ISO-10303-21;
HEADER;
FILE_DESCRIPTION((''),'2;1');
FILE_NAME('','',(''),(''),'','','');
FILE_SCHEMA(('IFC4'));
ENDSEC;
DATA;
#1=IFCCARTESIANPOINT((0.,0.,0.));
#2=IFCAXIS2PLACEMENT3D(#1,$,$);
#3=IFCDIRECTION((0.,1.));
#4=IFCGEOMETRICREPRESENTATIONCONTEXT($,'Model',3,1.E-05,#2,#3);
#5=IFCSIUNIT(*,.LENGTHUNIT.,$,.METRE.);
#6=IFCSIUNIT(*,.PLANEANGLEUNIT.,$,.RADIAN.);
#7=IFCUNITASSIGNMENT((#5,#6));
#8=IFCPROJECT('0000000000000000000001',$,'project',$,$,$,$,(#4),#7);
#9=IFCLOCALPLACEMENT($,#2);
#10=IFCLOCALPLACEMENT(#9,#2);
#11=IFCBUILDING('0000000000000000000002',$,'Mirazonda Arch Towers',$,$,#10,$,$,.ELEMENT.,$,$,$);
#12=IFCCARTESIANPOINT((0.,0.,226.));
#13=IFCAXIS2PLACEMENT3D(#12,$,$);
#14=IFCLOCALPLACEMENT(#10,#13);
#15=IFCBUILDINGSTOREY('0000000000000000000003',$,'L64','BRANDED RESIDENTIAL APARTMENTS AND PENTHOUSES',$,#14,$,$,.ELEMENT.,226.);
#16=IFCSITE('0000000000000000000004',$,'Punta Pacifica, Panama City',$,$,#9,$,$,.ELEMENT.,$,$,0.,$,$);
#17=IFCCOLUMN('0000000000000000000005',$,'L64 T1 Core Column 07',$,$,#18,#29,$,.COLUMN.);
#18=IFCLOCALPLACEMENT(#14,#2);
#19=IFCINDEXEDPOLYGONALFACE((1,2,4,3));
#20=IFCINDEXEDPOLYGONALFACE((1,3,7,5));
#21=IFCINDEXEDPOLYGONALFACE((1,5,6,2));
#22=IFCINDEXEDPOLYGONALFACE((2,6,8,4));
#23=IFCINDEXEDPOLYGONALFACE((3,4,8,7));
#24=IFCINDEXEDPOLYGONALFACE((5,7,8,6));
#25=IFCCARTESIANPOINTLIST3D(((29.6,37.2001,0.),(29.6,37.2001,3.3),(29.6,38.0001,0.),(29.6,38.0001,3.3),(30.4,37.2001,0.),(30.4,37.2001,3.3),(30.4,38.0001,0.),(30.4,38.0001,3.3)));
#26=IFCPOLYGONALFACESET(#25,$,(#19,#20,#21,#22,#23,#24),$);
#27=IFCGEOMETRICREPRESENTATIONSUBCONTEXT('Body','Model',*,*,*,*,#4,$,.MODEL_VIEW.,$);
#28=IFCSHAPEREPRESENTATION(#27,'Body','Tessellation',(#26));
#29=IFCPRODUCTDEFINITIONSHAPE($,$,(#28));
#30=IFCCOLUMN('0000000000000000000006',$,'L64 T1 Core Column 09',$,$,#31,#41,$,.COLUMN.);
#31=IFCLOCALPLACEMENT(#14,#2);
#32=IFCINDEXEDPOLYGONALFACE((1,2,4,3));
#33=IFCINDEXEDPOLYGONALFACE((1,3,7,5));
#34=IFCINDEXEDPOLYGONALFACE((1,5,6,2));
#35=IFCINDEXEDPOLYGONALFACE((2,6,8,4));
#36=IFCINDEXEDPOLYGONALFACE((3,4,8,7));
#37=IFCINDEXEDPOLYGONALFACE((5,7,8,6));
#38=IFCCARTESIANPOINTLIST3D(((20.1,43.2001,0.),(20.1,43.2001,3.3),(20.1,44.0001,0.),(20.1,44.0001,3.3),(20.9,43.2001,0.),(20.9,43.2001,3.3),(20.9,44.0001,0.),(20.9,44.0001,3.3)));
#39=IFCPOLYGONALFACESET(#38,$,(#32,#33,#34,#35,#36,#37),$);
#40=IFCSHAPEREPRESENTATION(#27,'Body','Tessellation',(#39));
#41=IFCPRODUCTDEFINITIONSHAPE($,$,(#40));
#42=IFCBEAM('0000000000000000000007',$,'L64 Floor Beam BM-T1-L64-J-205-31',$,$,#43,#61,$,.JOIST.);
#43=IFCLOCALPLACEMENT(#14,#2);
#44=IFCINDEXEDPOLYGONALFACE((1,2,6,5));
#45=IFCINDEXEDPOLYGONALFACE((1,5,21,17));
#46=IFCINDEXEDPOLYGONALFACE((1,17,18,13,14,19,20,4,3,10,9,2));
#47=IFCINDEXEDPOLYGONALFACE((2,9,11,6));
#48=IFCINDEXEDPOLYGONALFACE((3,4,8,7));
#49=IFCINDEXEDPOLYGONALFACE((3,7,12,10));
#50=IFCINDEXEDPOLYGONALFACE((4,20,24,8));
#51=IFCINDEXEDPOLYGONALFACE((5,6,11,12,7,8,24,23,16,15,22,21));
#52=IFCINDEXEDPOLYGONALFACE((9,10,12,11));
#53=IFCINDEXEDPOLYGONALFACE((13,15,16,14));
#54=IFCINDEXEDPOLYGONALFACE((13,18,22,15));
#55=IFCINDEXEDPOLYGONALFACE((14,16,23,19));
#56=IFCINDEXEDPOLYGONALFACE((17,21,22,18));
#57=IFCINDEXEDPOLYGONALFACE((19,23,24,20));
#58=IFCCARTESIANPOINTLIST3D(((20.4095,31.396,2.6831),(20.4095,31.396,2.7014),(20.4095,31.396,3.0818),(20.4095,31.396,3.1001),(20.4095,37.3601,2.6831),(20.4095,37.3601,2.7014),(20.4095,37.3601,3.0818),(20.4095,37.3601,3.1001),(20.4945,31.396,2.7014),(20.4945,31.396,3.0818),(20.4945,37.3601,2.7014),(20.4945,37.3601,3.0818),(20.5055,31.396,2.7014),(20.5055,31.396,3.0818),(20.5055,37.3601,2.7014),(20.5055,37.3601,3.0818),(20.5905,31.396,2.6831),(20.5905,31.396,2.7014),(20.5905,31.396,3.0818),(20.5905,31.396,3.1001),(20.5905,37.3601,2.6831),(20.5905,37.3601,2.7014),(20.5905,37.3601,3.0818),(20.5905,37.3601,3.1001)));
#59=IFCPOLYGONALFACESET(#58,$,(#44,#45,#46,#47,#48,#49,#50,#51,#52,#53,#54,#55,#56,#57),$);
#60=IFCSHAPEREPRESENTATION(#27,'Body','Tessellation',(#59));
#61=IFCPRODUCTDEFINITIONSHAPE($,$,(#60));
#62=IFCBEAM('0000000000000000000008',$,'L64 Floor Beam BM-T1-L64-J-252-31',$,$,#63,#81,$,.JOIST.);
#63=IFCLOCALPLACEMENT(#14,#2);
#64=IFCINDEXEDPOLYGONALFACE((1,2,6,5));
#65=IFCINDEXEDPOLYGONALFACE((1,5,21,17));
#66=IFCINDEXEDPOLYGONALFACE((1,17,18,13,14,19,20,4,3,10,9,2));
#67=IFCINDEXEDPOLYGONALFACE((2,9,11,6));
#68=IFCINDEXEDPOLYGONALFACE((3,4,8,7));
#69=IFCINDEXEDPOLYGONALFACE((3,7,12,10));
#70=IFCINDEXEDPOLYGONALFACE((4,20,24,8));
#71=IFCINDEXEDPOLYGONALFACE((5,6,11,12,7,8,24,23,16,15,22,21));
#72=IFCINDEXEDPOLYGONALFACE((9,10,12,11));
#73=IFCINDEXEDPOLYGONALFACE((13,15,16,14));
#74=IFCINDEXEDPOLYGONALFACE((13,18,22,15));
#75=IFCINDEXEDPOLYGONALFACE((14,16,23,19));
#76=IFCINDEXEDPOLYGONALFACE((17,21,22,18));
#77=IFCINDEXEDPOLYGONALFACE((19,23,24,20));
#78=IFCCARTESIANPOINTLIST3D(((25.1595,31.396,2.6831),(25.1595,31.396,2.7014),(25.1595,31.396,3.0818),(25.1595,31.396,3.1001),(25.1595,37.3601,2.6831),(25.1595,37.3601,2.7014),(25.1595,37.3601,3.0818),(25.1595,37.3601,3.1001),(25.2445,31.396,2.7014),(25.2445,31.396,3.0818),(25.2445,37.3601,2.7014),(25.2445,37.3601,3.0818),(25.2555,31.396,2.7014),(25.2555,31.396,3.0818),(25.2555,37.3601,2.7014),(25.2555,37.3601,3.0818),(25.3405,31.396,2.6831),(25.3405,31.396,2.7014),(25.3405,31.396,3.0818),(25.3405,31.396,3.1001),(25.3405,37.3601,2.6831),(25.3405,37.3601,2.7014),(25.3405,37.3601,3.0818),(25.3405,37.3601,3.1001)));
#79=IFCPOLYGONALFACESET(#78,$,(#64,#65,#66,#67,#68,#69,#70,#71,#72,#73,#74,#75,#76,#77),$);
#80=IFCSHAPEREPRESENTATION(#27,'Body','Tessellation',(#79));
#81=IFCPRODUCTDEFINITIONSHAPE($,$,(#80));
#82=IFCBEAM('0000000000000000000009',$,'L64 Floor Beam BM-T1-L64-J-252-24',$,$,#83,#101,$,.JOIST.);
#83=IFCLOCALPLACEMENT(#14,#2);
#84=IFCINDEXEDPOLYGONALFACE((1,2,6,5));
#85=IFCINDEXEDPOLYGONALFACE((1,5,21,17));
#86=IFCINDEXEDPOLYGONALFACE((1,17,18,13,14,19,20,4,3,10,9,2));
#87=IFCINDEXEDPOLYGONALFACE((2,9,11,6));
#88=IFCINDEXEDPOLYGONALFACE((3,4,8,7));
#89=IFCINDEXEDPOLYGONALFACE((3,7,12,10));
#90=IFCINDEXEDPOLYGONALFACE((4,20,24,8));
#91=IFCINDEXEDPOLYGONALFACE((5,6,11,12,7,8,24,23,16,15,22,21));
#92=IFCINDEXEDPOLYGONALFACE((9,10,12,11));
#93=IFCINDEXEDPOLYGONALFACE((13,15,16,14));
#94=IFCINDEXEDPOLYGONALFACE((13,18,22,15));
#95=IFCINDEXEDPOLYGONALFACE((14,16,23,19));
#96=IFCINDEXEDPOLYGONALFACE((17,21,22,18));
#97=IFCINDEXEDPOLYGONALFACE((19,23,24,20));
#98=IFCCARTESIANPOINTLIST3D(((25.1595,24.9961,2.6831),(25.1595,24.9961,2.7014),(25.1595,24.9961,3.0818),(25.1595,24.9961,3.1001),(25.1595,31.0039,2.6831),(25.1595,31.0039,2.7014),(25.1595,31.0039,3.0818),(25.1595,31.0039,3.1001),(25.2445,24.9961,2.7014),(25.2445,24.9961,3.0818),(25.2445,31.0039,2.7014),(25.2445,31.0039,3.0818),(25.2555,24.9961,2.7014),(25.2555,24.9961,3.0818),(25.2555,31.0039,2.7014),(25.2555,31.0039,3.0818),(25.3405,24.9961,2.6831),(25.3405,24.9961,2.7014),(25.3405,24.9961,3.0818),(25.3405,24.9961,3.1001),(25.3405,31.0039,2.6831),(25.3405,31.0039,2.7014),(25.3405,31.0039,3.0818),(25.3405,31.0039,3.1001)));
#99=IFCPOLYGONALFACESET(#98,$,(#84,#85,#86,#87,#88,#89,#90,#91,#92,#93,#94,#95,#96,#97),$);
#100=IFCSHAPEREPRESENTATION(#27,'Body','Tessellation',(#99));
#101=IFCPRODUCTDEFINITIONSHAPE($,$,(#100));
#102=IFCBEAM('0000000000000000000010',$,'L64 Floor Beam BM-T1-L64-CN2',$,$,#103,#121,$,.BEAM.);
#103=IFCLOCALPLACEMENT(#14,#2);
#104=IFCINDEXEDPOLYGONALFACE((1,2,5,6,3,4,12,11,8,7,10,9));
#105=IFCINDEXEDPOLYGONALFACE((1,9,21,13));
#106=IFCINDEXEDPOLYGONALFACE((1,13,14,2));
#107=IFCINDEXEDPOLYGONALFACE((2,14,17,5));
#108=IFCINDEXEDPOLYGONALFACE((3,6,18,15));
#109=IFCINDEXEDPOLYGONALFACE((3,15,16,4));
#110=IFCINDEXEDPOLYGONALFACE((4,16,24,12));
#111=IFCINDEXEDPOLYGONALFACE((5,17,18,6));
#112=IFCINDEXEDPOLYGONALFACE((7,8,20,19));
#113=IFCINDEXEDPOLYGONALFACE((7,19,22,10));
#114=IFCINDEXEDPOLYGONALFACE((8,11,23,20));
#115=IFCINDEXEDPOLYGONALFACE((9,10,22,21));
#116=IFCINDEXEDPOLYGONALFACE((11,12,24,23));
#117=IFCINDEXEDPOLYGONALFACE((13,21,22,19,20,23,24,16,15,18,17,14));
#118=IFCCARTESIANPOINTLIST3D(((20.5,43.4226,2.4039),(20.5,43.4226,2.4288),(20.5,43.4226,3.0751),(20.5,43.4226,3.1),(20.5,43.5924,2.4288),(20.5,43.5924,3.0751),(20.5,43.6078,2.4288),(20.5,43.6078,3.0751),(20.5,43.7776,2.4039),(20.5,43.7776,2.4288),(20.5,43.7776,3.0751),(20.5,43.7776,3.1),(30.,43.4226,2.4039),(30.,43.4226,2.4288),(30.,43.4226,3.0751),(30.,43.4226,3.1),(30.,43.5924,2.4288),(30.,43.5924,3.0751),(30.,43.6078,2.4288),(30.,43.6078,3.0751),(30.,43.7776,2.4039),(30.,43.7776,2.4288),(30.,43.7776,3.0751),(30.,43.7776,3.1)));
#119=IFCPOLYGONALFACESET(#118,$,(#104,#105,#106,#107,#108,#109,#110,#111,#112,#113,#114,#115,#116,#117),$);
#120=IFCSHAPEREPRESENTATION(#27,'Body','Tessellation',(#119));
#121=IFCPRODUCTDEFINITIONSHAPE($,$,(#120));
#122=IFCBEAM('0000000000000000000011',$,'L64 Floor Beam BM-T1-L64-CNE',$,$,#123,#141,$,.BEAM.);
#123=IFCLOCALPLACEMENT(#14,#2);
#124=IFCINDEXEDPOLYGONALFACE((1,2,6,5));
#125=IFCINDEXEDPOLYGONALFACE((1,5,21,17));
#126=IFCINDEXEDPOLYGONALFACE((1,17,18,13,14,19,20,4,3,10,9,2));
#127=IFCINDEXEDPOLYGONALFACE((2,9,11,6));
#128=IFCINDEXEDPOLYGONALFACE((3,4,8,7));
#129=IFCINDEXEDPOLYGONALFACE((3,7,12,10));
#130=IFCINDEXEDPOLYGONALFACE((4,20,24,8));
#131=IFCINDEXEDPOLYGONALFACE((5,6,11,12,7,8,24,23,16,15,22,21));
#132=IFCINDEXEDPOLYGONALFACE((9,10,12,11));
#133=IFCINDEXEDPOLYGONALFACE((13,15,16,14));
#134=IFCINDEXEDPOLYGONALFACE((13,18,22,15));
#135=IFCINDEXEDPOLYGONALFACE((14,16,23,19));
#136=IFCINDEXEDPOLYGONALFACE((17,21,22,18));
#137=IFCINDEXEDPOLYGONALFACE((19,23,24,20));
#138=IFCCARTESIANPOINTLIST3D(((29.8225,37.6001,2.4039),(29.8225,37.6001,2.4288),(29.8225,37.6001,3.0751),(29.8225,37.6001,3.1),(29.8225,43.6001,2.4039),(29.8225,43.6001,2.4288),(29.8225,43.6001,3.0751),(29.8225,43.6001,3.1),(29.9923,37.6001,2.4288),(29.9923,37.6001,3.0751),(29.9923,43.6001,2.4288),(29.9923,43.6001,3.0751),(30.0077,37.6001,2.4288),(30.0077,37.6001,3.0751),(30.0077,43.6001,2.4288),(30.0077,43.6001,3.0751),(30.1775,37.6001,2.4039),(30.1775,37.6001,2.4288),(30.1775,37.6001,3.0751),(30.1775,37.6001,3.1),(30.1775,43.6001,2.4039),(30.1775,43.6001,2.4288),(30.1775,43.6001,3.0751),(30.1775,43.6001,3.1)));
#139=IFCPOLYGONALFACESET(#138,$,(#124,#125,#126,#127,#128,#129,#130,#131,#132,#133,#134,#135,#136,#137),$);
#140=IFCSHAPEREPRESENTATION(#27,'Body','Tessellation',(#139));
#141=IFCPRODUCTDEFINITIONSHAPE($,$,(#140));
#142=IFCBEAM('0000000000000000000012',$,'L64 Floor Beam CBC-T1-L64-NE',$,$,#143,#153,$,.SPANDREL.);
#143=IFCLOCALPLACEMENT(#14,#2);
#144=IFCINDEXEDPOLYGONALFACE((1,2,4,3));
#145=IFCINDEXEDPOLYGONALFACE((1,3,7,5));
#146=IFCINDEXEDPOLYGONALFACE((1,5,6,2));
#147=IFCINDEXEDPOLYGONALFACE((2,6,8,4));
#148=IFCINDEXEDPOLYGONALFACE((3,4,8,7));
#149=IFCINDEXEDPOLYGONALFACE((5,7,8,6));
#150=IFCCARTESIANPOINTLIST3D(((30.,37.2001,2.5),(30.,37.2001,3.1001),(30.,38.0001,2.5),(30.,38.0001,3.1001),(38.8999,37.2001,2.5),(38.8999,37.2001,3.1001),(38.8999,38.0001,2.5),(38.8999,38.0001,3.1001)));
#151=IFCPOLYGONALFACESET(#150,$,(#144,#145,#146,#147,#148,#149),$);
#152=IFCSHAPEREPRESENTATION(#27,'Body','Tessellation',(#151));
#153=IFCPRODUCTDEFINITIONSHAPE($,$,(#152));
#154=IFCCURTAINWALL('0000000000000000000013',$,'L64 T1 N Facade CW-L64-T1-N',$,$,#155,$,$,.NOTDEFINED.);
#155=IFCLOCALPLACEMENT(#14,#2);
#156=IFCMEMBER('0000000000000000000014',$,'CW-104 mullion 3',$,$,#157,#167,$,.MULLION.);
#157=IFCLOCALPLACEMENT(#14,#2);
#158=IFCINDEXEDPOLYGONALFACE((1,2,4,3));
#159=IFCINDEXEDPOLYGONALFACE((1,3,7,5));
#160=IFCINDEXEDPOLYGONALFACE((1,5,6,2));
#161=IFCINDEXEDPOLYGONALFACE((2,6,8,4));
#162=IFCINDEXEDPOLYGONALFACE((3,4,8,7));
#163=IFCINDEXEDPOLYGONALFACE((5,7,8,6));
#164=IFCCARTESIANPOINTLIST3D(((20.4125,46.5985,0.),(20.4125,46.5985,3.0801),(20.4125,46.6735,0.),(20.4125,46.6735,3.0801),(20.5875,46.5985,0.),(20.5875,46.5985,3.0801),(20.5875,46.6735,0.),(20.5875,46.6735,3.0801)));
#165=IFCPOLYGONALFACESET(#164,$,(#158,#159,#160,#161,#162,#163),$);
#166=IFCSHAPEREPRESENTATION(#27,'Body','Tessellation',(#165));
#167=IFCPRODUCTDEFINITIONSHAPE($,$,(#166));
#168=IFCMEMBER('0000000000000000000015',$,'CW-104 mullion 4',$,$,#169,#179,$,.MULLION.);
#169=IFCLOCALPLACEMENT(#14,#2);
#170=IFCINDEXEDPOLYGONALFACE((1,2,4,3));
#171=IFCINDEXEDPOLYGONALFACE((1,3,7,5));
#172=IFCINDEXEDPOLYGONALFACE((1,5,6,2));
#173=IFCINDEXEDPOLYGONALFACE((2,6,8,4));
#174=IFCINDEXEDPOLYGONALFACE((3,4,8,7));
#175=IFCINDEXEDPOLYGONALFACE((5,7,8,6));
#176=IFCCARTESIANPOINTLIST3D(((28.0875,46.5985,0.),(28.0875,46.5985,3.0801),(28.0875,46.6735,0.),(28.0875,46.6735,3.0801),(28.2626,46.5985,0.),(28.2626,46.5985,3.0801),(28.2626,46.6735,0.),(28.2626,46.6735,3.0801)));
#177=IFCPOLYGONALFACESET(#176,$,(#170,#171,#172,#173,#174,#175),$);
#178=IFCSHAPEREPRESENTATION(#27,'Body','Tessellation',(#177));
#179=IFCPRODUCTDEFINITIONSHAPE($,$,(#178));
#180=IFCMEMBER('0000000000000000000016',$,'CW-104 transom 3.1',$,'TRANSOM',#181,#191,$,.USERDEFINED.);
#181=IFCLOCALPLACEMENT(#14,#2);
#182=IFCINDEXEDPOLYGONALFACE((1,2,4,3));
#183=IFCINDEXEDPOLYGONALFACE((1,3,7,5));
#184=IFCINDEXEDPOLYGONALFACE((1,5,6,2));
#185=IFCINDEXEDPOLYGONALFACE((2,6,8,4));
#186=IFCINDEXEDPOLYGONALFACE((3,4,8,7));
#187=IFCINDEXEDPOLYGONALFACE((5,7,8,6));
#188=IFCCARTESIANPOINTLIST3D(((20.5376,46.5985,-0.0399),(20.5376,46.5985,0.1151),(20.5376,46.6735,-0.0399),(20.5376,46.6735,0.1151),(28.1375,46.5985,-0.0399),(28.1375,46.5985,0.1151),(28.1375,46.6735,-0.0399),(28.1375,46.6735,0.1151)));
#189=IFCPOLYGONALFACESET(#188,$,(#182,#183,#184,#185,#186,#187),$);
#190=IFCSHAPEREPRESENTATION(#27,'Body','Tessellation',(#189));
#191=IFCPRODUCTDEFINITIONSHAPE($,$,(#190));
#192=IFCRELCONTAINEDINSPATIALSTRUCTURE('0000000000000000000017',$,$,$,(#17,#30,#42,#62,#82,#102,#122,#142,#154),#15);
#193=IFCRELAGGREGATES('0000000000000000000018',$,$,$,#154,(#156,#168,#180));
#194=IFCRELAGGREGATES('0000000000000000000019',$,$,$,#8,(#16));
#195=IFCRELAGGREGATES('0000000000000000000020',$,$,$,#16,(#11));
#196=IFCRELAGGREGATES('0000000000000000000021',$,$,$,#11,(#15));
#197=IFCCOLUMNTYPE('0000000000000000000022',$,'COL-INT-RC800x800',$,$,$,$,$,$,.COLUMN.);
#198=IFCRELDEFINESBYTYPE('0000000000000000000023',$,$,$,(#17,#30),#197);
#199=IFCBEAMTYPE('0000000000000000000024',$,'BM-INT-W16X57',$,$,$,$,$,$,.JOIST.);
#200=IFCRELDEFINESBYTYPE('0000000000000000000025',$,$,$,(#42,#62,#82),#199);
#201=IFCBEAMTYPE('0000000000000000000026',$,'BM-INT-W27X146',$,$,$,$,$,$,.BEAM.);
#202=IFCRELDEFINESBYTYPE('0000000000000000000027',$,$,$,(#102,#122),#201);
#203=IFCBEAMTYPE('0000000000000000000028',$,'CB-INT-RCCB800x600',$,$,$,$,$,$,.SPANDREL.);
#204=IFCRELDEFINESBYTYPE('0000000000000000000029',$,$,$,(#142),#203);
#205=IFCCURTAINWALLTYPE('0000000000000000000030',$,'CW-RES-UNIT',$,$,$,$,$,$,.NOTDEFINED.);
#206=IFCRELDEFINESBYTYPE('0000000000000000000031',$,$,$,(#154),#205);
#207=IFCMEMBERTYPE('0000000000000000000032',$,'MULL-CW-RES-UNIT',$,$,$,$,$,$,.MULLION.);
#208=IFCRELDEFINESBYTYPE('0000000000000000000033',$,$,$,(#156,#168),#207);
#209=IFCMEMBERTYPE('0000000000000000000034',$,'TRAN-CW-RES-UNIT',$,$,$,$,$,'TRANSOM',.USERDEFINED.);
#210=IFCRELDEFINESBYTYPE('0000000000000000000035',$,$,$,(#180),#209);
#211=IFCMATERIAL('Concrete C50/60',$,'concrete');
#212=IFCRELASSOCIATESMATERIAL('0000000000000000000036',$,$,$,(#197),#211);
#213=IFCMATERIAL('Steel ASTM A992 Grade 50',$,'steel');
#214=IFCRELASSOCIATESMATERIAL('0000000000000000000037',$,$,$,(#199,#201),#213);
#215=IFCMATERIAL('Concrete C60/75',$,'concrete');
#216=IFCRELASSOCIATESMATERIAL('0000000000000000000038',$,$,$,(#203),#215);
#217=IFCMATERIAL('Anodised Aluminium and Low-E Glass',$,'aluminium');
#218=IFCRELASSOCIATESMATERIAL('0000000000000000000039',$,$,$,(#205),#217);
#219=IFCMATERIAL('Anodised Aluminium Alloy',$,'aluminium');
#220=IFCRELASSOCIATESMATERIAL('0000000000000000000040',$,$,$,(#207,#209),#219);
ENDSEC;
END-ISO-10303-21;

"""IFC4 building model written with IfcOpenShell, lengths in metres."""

from ifc_helpers import new_model, si_unit, direction, frame, origin, origin_2d, place, context, subcontext, project, spatial, rectangle, i_section, extrude, material, material_profile, profile_set, type_object, element, aggregate, save


model = new_model("IFC4")

# Units and contexts
model_context = context("Model", 3, precision=1e-05, world=origin(), true_north=direction((0.0, 1.0)))
body_context = subcontext(model_context, "Body", "Model", "MODEL_VIEW")
ifc_project = project(units=[si_unit("LENGTHUNIT", "METRE"), si_unit("PLANEANGLEUNIT", "RADIAN")], contexts=[model_context])

# Site, building, storey
site_placement = place(None, origin())
site = spatial("IfcSite", under=ifc_project, at=site_placement, Name="Punta Pacifica, Panama City", CompositionType="ELEMENT", RefElevation=0.0)
building_placement = place(site_placement, origin())
building = spatial("IfcBuilding", under=site, at=building_placement, Name="Mirazonda Arch Towers", CompositionType="ELEMENT")
storey_placement = place(building_placement, frame((0.0, 0.0, 226.0)))
storey = spatial("IfcBuildingStorey", under=building, at=storey_placement, Name="L64", Description="BRANDED RESIDENTIAL APARTMENTS AND PENTHOUSES", CompositionType="ELEMENT", Elevation=226.0)

# Columns
ifc_material_1 = material(Name="Concrete C50/60", Category="concrete")
ifc_material_profile_1 = material_profile(ifc_material_1, rectangle(XDim=0.8, YDim=0.8, at=origin_2d()), Name="RC800x800")
ifc_profile_set_1 = profile_set([ifc_material_profile_1], Name="Concrete C50/60")
column_type = type_object("IfcColumnType", Name="COL-INT-RC800x800", PredefinedType="COLUMN", material=ifc_profile_set_1)
for number, where, z_axis, x_axis, name in (
    (1, (30.0, 37.6001, 0.0), (0.0, 0.0, 1.0), (1.0, 0.0, 0.0), "L64 T1 Core Column 07"),
    (2, (20.5, 43.6001, 0.0), (0.0, 0.0, 1.0), (1.0, 0.0, 0.0), "L64 T1 Core Column 09"),
):
    element("IfcColumn", number, at=place(storey_placement, frame(where, z_axis=z_axis, x_axis=x_axis)), inside=storey, type_object=column_type, Name=name, PredefinedType="COLUMN", context=body_context, shape_type="SweptSolid", body=[
        extrude(rectangle(XDim=0.8, YDim=0.8, at=origin_2d()), origin(), (0.0, 0.0, 1.0), 3.3),
    ])

# Beams
ifc_material_2 = material(Name="Steel ASTM A992 Grade 50", Category="steel")
ifc_material_profile_2 = material_profile(ifc_material_2, i_section(OverallWidth=0.1809, OverallDepth=0.417, WebThickness=0.011, FlangeThickness=0.0183, at=origin_2d()), Name="W16X57")
ifc_profile_set_2 = profile_set([ifc_material_profile_2], Name="Steel ASTM A992 Grade 50")
beam_type_1 = type_object("IfcBeamType", Name="BM-INT-W16X57", PredefinedType="JOIST", material=ifc_profile_set_2)
for number, where, z_axis, x_axis, name in (
    (3, (20.5, 31.396, 2.8916), (0.0, 1.0, 0.0), (-1.0, 0.0, 0.0), "L64 Floor Beam BM-T1-L64-J-205-31"),
    (4, (25.25, 31.396, 2.8916), (0.0, 1.0, 0.0), (-1.0, 0.0, 0.0), "L64 Floor Beam BM-T1-L64-J-252-31"),
):
    element("IfcBeam", number, at=place(storey_placement, frame(where, z_axis=z_axis, x_axis=x_axis)), inside=storey, type_object=beam_type_1, Name=name, PredefinedType="JOIST", context=body_context, shape_type="SweptSolid", body=[
        extrude(i_section(OverallWidth=0.1809, OverallDepth=0.417, WebThickness=0.011, FlangeThickness=0.0183, at=origin_2d()), origin(), (0.0, 0.0, 1.0), 5.9641),
    ])
beam_1_placement = place(storey_placement, frame((25.25, 24.9961, 2.8916), z_axis=(0.0, 1.0, 0.0), x_axis=(-1.0, 0.0, 0.0)))
element("IfcBeam", 5, at=beam_1_placement, inside=storey, type_object=beam_type_1, Name="L64 Floor Beam BM-T1-L64-J-252-24", PredefinedType="JOIST", context=body_context, shape_type="SweptSolid", body=[
    extrude(i_section(OverallWidth=0.1809, OverallDepth=0.417, WebThickness=0.011, FlangeThickness=0.0183, at=origin_2d()), origin(), (0.0, 0.0, 1.0), 6.0078),
])
ifc_material_profile_3 = material_profile(ifc_material_2, i_section(OverallWidth=0.355, OverallDepth=0.696, WebThickness=0.0154, FlangeThickness=0.0249, at=origin_2d()), Name="W27X146")
ifc_profile_set_3 = profile_set([ifc_material_profile_3], Name="Steel ASTM A992 Grade 50")
beam_type_2 = type_object("IfcBeamType", Name="BM-INT-W27X146", PredefinedType="BEAM", material=ifc_profile_set_3)
beam_2_placement = place(storey_placement, frame((20.5, 43.6001, 2.752), z_axis=(1.0, 0.0, 0.0), x_axis=(0.0, 1.0, 0.0)))
element("IfcBeam", 6, at=beam_2_placement, inside=storey, type_object=beam_type_2, Name="L64 Floor Beam BM-T1-L64-CN2", PredefinedType="BEAM", context=body_context, shape_type="SweptSolid", body=[
    extrude(i_section(OverallWidth=0.355, OverallDepth=0.696, WebThickness=0.0154, FlangeThickness=0.0249, at=origin_2d()), origin(), (0.0, 0.0, 1.0), 9.5),
])
beam_3_placement = place(storey_placement, frame((30.0, 37.6001, 2.752), z_axis=(0.0, 1.0, 0.0), x_axis=(-1.0, 0.0, 0.0)))
element("IfcBeam", 7, at=beam_3_placement, inside=storey, type_object=beam_type_2, Name="L64 Floor Beam BM-T1-L64-CNE", PredefinedType="BEAM", context=body_context, shape_type="SweptSolid", body=[
    extrude(i_section(OverallWidth=0.355, OverallDepth=0.696, WebThickness=0.0154, FlangeThickness=0.0249, at=origin_2d()), origin(), (0.0, 0.0, 1.0), 6.0),
])
ifc_material_3 = material(Name="Concrete C60/75", Category="concrete")
ifc_material_profile_4 = material_profile(ifc_material_3, rectangle(XDim=0.8, YDim=0.6001, at=origin_2d()), Name="RCCB800x600")
ifc_profile_set_4 = profile_set([ifc_material_profile_4], Name="Concrete C60/75")
beam_type_3 = type_object("IfcBeamType", Name="CB-INT-RCCB800x600", PredefinedType="SPANDREL", material=ifc_profile_set_4)
beam_4_placement = place(storey_placement, frame((30.0, 37.6001, 2.8), z_axis=(1.0, 0.0, 0.0), x_axis=(0.0, 1.0, 0.0)))
element("IfcBeam", 8, at=beam_4_placement, inside=storey, type_object=beam_type_3, Name="L64 Floor Beam CBC-T1-L64-NE", PredefinedType="SPANDREL", context=body_context, shape_type="SweptSolid", body=[
    extrude(rectangle(XDim=0.8, YDim=0.6001, at=origin_2d()), origin(), (0.0, 0.0, 1.0), 8.8999),
])

# Curtain wall, members
ifc_material_4 = material(Name="Anodised Aluminium and Low-E Glass", Category="aluminium")
curtain_wall_type = type_object("IfcCurtainWallType", Name="CW-RES-UNIT", PredefinedType="NOTDEFINED", material=ifc_material_4)
curtain_wall_placement = place(storey_placement, origin())
curtain_wall = element("IfcCurtainWall", 9, at=curtain_wall_placement, inside=storey, type_object=curtain_wall_type, Name="L64 T1 N Facade CW-L64-T1-N", PredefinedType="NOTDEFINED")
ifc_material_5 = material(Name="Anodised Aluminium Alloy", Category="aluminium")
ifc_material_profile_5 = material_profile(ifc_material_5, rectangle(XDim=0.075, YDim=0.175, at=origin_2d()), Name="ALU-MULL-75x175")
ifc_profile_set_5 = profile_set([ifc_material_profile_5], Name="Anodised Aluminium Alloy")
member_type_1 = type_object("IfcMemberType", Name="MULL-CW-RES-UNIT", PredefinedType="MULLION", material=ifc_profile_set_5)
member_1_placement = place(storey_placement, frame((20.5, 46.636, 0.0), z_axis=(0.0, 0.0, 1.0), x_axis=(0.0, 1.0, 0.0)))
member_1 = element("IfcMember", 10, at=member_1_placement, type_object=member_type_1, Name="CW-104 mullion 3", PredefinedType="MULLION", context=body_context, shape_type="SweptSolid", body=[
    extrude(rectangle(XDim=0.075, YDim=0.175, at=origin_2d()), origin(), (0.0, 0.0, 1.0), 3.0801),
])
member_2_placement = place(storey_placement, frame((28.175, 46.636, 0.0), z_axis=(0.0, 0.0, 1.0), x_axis=(0.0, 1.0, 0.0)))
member_2 = element("IfcMember", 11, at=member_2_placement, type_object=member_type_1, Name="CW-104 mullion 4", PredefinedType="MULLION", context=body_context, shape_type="SweptSolid", body=[
    extrude(rectangle(XDim=0.075, YDim=0.175, at=origin_2d()), origin(), (0.0, 0.0, 1.0), 3.0801),
])
ifc_material_profile_6 = material_profile(ifc_material_5, rectangle(XDim=0.075, YDim=0.155, at=origin_2d()), Name="ALU-TRAN-75x155")
ifc_profile_set_6 = profile_set([ifc_material_profile_6], Name="Anodised Aluminium Alloy")
member_type_2 = type_object("IfcMemberType", Name="TRAN-CW-RES-UNIT", ElementType="TRANSOM", PredefinedType="USERDEFINED", material=ifc_profile_set_6)
member_3_placement = place(storey_placement, frame((20.5376, 46.636, 0.0376), z_axis=(1.0, 0.0, 0.0), x_axis=(0.0, 1.0, 0.0)))
member_3 = element("IfcMember", 12, at=member_3_placement, type_object=member_type_2, Name="CW-104 transom 3.1", ObjectType="TRANSOM", PredefinedType="USERDEFINED", context=body_context, shape_type="SweptSolid", body=[
    extrude(rectangle(XDim=0.075, YDim=0.155, at=origin_2d()), origin(), (0.0, 0.0, 1.0), 7.5999),
])
aggregate(curtain_wall, [member_1, member_2, member_3])

save(model, "model.ifc")
